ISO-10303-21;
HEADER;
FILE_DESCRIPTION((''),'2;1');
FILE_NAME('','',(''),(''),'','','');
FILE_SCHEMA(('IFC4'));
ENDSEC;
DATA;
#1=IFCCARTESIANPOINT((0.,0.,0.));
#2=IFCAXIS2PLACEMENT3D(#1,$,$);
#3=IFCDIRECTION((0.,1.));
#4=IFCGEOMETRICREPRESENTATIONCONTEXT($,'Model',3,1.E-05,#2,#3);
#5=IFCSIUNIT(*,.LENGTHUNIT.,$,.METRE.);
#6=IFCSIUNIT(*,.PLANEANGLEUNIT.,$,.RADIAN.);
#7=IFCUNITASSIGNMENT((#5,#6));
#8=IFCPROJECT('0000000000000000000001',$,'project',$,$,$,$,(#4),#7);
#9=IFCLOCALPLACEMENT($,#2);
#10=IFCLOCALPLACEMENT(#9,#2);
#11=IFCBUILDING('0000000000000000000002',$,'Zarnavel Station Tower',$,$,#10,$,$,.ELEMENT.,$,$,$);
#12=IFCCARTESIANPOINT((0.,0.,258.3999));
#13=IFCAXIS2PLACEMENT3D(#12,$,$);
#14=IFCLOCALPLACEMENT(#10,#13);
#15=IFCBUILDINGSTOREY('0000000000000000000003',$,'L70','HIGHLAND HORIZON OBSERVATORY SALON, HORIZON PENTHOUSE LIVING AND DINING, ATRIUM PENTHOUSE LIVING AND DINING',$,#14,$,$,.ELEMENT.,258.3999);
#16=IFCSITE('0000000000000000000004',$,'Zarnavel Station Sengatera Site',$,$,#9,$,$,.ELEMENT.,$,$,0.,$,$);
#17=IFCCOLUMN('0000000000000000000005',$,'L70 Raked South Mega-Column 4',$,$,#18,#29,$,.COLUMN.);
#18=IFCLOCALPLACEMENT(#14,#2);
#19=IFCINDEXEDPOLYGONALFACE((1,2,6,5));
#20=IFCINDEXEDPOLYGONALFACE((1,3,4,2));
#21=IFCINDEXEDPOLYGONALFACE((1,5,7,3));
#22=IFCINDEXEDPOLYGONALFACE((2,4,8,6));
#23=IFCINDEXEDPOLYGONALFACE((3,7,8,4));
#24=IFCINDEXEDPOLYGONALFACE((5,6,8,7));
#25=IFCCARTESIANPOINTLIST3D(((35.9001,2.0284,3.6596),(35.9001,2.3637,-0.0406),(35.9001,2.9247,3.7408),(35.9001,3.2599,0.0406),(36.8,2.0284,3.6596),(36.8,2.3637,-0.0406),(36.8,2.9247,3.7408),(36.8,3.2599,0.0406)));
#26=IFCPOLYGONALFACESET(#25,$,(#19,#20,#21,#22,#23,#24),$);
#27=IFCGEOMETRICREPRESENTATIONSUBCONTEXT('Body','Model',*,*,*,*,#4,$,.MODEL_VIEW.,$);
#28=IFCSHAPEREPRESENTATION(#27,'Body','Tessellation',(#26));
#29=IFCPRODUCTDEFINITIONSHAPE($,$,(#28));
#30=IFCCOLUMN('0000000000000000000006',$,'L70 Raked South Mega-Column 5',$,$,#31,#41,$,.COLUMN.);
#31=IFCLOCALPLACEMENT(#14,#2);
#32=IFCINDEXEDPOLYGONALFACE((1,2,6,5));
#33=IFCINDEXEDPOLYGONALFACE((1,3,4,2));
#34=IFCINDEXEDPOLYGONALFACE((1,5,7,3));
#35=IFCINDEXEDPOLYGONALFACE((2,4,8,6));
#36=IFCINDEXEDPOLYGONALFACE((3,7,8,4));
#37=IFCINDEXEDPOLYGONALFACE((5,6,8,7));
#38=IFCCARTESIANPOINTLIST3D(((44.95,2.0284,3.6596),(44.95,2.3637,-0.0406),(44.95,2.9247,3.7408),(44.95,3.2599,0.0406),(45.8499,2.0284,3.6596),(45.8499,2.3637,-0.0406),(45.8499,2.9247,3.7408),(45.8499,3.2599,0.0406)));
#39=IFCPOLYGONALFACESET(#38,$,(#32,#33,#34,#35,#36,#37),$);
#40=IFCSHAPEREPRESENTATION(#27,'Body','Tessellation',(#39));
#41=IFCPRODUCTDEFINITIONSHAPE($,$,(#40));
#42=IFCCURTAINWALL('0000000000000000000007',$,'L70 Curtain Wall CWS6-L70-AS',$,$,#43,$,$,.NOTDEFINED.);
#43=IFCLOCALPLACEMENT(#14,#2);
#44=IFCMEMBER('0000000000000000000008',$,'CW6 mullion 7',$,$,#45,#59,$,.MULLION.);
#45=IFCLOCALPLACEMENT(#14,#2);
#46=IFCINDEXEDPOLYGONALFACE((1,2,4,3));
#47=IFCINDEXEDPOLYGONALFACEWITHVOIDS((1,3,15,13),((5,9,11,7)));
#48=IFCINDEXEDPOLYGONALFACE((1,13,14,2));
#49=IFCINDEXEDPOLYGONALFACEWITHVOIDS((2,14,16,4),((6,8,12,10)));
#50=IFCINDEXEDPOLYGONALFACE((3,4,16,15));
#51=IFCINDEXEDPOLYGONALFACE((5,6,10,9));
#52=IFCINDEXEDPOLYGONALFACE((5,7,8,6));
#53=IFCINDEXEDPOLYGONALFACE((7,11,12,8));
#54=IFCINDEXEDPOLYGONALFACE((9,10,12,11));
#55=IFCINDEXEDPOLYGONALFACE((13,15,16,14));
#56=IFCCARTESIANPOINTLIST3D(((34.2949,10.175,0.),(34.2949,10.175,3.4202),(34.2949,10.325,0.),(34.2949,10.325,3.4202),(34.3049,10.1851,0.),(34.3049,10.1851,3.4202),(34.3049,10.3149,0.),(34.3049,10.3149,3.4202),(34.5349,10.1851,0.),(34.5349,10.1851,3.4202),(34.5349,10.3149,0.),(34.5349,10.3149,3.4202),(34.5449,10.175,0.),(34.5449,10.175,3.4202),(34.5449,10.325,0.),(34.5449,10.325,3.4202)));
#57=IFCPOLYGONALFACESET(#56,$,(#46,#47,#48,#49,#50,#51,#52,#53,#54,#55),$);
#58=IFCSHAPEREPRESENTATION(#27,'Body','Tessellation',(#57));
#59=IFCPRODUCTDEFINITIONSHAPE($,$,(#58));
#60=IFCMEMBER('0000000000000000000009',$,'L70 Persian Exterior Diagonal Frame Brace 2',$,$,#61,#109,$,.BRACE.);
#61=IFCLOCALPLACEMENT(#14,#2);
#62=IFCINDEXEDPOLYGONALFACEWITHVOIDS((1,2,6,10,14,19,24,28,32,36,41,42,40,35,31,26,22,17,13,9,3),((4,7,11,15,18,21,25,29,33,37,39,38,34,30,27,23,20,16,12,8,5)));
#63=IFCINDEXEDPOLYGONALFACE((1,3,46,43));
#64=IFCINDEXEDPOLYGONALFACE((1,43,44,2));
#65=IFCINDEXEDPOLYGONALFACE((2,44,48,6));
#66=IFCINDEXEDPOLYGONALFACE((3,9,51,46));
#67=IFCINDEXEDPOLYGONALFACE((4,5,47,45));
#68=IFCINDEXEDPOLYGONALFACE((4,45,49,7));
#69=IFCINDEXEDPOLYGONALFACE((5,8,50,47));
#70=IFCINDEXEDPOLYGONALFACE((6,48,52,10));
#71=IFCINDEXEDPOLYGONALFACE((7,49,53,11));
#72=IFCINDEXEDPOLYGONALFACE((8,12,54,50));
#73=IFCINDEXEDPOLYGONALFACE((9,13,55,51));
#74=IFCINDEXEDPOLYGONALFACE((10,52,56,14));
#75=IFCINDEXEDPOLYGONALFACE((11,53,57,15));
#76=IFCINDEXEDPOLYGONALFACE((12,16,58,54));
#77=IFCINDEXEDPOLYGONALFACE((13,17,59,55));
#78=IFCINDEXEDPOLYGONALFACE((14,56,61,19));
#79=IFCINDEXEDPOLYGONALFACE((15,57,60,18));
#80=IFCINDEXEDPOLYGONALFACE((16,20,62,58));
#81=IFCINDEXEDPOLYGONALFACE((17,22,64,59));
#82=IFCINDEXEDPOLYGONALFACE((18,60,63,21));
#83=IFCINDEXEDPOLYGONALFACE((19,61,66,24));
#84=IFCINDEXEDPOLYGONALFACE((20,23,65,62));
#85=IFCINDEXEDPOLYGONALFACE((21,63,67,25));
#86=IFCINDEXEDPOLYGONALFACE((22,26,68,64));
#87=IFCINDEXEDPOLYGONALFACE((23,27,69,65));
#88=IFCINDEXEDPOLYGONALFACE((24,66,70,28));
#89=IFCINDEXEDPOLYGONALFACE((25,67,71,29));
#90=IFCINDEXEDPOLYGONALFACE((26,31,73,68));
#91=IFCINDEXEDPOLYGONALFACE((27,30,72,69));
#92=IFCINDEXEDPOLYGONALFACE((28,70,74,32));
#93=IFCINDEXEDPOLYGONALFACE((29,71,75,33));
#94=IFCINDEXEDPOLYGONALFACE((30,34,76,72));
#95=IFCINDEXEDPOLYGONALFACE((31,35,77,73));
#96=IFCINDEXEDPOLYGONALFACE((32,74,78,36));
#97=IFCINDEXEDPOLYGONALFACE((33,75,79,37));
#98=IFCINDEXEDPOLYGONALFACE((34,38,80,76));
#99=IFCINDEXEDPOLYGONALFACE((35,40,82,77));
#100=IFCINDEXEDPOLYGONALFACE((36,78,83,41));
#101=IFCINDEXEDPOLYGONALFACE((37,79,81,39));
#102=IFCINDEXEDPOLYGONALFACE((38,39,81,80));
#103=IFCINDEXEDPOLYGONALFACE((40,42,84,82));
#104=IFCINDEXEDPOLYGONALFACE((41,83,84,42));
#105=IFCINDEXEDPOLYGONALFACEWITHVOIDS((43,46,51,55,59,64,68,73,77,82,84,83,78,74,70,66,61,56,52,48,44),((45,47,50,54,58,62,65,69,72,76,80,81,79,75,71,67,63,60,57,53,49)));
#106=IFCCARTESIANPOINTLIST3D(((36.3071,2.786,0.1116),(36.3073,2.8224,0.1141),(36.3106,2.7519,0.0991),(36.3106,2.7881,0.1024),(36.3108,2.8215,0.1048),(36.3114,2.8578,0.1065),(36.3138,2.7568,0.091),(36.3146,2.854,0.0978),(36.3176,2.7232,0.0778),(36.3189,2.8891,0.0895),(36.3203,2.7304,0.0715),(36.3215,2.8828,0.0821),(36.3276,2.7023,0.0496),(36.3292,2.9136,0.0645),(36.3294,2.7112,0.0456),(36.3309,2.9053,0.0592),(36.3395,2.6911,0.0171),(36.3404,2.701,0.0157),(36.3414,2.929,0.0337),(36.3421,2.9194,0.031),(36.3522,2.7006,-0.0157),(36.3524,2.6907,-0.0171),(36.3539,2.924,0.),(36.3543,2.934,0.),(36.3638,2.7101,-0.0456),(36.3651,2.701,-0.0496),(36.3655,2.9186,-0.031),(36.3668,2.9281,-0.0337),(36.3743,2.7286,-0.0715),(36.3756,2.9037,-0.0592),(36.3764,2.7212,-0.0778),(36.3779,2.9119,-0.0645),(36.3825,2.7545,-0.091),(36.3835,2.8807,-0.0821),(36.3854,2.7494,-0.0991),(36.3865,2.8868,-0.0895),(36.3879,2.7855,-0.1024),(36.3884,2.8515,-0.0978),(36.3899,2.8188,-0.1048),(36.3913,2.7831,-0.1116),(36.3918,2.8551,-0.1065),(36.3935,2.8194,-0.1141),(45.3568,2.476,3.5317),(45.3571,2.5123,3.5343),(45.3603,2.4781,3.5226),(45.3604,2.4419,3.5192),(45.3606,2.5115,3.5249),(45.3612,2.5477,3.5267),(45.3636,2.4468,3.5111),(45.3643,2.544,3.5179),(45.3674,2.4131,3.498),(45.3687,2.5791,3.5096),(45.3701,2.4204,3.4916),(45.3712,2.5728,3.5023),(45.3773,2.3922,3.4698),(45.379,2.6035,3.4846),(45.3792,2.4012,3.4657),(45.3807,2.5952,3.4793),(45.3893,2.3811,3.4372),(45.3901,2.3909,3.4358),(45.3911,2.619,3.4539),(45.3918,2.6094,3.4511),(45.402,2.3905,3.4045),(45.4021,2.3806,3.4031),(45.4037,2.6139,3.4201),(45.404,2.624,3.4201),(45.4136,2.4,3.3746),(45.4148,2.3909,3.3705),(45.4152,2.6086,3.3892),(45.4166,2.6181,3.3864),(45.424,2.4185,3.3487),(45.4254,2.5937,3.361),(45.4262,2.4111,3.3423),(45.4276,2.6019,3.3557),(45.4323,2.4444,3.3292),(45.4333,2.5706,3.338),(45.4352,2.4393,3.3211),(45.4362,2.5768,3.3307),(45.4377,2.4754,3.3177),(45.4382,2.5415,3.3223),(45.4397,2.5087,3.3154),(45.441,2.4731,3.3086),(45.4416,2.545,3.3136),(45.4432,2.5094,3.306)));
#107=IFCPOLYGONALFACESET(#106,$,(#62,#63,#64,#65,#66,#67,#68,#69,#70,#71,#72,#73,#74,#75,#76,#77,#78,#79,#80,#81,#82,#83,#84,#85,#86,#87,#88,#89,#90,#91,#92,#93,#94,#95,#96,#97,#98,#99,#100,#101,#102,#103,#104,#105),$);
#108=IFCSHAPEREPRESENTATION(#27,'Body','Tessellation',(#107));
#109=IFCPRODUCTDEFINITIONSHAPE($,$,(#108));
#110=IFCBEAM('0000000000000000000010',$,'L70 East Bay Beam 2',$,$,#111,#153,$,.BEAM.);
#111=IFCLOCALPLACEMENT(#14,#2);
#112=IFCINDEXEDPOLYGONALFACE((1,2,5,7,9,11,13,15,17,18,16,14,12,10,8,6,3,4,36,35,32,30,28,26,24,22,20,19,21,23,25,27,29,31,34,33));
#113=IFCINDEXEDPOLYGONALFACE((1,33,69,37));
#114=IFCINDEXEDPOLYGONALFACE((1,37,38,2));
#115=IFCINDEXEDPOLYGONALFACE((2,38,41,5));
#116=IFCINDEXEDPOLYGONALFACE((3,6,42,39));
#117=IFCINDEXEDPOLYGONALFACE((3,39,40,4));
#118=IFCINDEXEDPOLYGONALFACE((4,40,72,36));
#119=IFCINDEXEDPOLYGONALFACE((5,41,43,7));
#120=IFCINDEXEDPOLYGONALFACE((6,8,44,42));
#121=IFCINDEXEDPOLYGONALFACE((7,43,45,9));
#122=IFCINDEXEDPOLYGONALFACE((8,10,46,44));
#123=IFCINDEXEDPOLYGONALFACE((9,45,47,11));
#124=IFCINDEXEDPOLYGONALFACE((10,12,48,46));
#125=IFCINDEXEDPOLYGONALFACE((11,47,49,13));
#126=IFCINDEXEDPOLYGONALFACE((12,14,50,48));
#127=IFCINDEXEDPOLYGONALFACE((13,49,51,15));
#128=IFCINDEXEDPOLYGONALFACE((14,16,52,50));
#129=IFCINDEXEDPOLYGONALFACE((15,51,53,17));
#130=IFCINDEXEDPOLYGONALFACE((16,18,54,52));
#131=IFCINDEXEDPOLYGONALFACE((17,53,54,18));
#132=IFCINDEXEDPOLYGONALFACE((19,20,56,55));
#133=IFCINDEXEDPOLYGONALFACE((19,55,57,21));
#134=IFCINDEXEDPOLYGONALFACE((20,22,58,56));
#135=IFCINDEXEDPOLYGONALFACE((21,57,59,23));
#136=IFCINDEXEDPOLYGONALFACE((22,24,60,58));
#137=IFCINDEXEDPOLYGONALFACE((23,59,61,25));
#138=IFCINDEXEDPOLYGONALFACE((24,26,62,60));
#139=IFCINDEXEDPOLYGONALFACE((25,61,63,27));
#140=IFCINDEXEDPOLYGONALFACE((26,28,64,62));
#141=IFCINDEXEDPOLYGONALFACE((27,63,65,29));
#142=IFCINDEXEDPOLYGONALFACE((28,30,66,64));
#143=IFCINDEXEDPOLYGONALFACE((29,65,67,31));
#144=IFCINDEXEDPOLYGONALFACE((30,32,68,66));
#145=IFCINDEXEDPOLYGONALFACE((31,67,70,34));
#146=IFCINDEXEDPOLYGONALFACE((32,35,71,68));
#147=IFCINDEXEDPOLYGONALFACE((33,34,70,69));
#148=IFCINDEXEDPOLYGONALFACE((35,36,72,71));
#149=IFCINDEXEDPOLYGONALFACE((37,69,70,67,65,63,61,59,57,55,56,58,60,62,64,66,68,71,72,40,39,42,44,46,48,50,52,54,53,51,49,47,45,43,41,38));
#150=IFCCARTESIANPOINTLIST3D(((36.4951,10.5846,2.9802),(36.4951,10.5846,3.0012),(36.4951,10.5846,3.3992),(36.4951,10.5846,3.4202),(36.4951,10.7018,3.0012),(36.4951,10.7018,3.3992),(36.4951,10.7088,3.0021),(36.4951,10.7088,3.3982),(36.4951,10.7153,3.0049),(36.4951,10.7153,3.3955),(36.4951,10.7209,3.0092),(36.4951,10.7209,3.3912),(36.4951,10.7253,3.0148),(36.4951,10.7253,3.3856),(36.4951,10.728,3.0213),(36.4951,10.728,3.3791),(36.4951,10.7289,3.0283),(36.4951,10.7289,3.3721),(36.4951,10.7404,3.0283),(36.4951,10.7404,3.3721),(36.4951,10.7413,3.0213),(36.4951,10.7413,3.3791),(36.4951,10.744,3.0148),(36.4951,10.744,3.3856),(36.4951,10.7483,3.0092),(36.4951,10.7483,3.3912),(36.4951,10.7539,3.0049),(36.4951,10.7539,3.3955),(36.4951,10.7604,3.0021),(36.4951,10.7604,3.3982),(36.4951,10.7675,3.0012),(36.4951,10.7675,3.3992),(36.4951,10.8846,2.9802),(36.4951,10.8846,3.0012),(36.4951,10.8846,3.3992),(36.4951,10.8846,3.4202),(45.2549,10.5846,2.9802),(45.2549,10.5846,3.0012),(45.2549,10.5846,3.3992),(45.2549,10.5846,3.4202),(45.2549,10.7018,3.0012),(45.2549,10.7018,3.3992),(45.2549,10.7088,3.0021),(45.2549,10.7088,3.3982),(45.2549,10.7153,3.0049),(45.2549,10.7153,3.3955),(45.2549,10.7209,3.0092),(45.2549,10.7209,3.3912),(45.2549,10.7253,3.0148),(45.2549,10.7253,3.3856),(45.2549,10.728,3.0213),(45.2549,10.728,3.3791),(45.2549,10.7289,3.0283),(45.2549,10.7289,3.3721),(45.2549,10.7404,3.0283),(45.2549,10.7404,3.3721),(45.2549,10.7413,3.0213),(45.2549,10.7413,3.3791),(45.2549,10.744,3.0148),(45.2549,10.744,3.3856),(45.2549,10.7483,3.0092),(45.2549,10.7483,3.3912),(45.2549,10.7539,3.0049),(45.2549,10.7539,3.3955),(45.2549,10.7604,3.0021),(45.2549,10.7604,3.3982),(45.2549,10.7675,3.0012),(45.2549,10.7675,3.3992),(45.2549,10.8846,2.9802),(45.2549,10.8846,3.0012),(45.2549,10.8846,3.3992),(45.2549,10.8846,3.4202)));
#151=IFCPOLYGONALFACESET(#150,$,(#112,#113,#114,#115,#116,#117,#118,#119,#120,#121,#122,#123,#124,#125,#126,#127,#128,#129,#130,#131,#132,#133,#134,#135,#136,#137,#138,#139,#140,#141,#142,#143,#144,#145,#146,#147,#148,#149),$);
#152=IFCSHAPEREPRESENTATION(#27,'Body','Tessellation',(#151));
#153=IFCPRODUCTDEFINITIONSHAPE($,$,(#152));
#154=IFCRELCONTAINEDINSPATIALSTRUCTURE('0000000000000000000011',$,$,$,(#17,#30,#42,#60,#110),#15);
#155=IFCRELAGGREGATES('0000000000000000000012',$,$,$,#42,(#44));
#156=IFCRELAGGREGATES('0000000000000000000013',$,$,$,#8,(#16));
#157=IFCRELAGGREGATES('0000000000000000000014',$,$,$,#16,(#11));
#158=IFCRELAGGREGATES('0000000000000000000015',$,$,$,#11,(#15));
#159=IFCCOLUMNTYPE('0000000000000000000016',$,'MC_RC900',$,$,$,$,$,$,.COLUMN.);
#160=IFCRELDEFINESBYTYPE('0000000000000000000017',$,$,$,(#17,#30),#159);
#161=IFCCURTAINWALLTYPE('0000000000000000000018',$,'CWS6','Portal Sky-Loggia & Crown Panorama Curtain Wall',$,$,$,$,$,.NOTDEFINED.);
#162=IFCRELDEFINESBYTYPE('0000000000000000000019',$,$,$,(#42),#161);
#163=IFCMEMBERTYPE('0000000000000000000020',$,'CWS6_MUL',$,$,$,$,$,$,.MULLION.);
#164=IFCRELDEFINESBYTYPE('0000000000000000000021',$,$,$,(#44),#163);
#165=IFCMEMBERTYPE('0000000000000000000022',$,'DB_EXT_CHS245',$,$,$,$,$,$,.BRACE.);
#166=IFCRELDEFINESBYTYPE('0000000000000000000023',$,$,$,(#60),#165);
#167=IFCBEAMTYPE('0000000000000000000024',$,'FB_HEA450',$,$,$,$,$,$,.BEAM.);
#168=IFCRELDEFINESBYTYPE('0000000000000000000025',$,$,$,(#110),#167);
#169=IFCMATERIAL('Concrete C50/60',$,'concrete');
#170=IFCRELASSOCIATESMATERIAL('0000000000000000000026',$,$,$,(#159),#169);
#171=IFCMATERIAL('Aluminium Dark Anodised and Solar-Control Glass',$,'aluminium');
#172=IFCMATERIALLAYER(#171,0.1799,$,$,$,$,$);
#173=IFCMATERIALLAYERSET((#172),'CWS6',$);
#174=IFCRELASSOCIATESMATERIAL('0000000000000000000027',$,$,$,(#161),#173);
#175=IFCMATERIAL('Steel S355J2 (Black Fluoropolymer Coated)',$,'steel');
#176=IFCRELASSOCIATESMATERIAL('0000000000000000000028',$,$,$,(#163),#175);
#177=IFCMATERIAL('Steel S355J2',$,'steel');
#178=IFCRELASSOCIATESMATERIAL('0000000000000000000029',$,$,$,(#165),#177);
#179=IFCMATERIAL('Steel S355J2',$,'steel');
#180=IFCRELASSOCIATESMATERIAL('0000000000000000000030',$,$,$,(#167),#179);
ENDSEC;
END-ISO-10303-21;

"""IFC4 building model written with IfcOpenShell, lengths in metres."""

from ifc_helpers import new_model, si_unit, direction, frame, origin, origin_2d, place, context, subcontext, project, spatial, rectangle, hollow_rectangle, hollow_circle, i_section, extrude, material, layer, layer_set, material_profile, profile_set, type_object, element, aggregate, save


model = new_model("IFC4")

# Units and contexts
model_context = context("Model", 3, precision=1e-05, world=origin(), true_north=direction((0.0, 1.0)))
body_context = subcontext(model_context, "Body", "Model", "MODEL_VIEW")
ifc_project = project(units=[si_unit("LENGTHUNIT", "METRE"), si_unit("PLANEANGLEUNIT", "RADIAN")], contexts=[model_context])

# Site, building, storey
site_placement = place(None, origin())
site = spatial("IfcSite", under=ifc_project, at=site_placement, Name="Zarnavel Station Sengatera Site", CompositionType="ELEMENT", RefElevation=0.0)
building_placement = place(site_placement, origin())
building = spatial("IfcBuilding", under=site, at=building_placement, Name="Zarnavel Station Tower", CompositionType="ELEMENT")
storey_placement = place(building_placement, frame((0.0, 0.0, 258.3999)))
storey = spatial("IfcBuildingStorey", under=building, at=storey_placement, Name="L70", Description="HIGHLAND HORIZON OBSERVATORY SALON, HORIZON PENTHOUSE LIVING AND DINING, ATRIUM PENTHOUSE LIVING AND DINING", CompositionType="ELEMENT", Elevation=258.3999)

# Columns
ifc_material_1 = material(Name="Concrete C50/60", Category="concrete")
ifc_material_profile_1 = material_profile(ifc_material_1, rectangle(XDim=0.8999, YDim=0.8999, at=origin_2d()), Name="RC900x900")
ifc_profile_set_1 = profile_set([ifc_material_profile_1], Name="Concrete C50/60")
column_type = type_object("IfcColumnType", Name="MC_RC900", PredefinedType="COLUMN", material=ifc_profile_set_1)
for number, where, z_axis, x_axis, name in (
    (1, (36.3501, 2.8118, 0.0), (0.0, -0.090222, 0.995922), (1.0, 0.0, 0.0), "L70 Raked South Mega-Column 4"),
    (2, (45.3999, 2.8118, 0.0), (0.0, -0.090222, 0.995922), (1.0, 0.0, 0.0), "L70 Raked South Mega-Column 5"),
):
    element("IfcColumn", number, at=place(storey_placement, frame(where, z_axis=z_axis, x_axis=x_axis)), inside=storey, type_object=column_type, Name=name, PredefinedType="COLUMN", context=body_context, shape_type="SweptSolid", body=[
        extrude(rectangle(XDim=0.8999, YDim=0.8999, at=origin_2d()), origin(), (0.0, 0.0, 1.0), 3.7153),
    ])

# Curtain wall, member
ifc_material_2 = material(Name="Aluminium Dark Anodised and Solar-Control Glass", Category="aluminium")
ifc_layer_1 = layer(ifc_material_2, 0.1799)
ifc_layer_set_1 = layer_set([ifc_layer_1], Name="CWS6")
curtain_wall_type = type_object("IfcCurtainWallType", Name="CWS6", Description="Portal Sky-Loggia & Crown Panorama Curtain Wall", PredefinedType="NOTDEFINED", material=ifc_layer_set_1)
curtain_wall_placement = place(storey_placement, origin())
curtain_wall = element("IfcCurtainWall", 3, at=curtain_wall_placement, inside=storey, type_object=curtain_wall_type, Name="L70 Curtain Wall CWS6-L70-AS", PredefinedType="NOTDEFINED")
ifc_material_3 = material(Name="Steel S355J2 (Black Fluoropolymer Coated)", Category="steel")
ifc_material_profile_2 = material_profile(ifc_material_3, hollow_rectangle(XDim=0.1499, YDim=0.25, WallThickness=0.01, at=origin_2d()), Name="RHS250x150x10")
ifc_profile_set_2 = profile_set([ifc_material_profile_2], Name="Steel S355J2 (Black Fluoropolymer Coated)")
member_type_1 = type_object("IfcMemberType", Name="CWS6_MUL", PredefinedType="MULLION", material=ifc_profile_set_2)
member_1_placement = place(storey_placement, frame((34.4199, 10.25, 0.0), z_axis=(0.0, 0.0, 1.0), x_axis=(0.0, 1.0, 0.0)))
member_1 = element("IfcMember", 4, at=member_1_placement, type_object=member_type_1, Name="CW6 mullion 7", PredefinedType="MULLION", context=body_context, shape_type="SweptSolid", body=[
    extrude(hollow_rectangle(XDim=0.1499, YDim=0.25, WallThickness=0.01, at=origin_2d()), origin(), (0.0, 0.0, 1.0), 3.4202),
])
aggregate(curtain_wall, [member_1])

# Member
ifc_material_4 = material(Name="Steel S355J2", Category="steel")
ifc_material_profile_3 = material_profile(ifc_material_4, hollow_circle(Radius=0.1223, WallThickness=0.01, at=origin_2d()), Name="CHS244.5x10")
ifc_profile_set_3 = profile_set([ifc_material_profile_3], Name="Steel S355J2")
member_type_2 = type_object("IfcMemberType", Name="DB_EXT_CHS245", PredefinedType="BRACE", material=ifc_profile_set_3)
member_2_placement = place(storey_placement, frame((36.3501, 2.8118, 0.0), z_axis=(0.934946, -0.032033, 0.353341), x_axis=(0.034241, 0.999414, 0.0)))
element("IfcMember", 5, at=member_2_placement, inside=storey, type_object=member_type_2, Name="L70 Persian Exterior Diagonal Frame Brace 2", PredefinedType="BRACE", context=body_context, shape_type="SweptSolid", body=[
    extrude(hollow_circle(Radius=0.1223, WallThickness=0.01, at=origin_2d()), origin(), (0.0, 0.0, 1.0), 9.6794),
])

# Beam
ifc_material_5 = material(Name="Steel S355J2", Category="steel")
ifc_material_profile_4 = material_profile(ifc_material_5, i_section(OverallWidth=0.3, OverallDepth=0.4399, WebThickness=0.0115, FlangeThickness=0.021, FilletRadius=0.0271, at=origin_2d()), Name="HEA450")
ifc_profile_set_4 = profile_set([ifc_material_profile_4], Name="Steel S355J2")
beam_type_1 = type_object("IfcBeamType", Name="FB_HEA450", PredefinedType="BEAM", material=ifc_profile_set_4)
beam_1_placement = place(storey_placement, frame((36.4951, 10.7346, 3.2002), z_axis=(1.0, 0.0, 0.0), x_axis=(0.0, 1.0, 0.0)))
element("IfcBeam", 6, at=beam_1_placement, inside=storey, type_object=beam_type_1, Name="L70 East Bay Beam 2", PredefinedType="BEAM", context=body_context, shape_type="SweptSolid", body=[
    extrude(i_section(OverallWidth=0.3, OverallDepth=0.4399, WebThickness=0.0115, FlangeThickness=0.021, FilletRadius=0.0271, at=origin_2d()), origin(), (0.0, 0.0, 1.0), 8.7598),
])

save(model, "model.ifc")
